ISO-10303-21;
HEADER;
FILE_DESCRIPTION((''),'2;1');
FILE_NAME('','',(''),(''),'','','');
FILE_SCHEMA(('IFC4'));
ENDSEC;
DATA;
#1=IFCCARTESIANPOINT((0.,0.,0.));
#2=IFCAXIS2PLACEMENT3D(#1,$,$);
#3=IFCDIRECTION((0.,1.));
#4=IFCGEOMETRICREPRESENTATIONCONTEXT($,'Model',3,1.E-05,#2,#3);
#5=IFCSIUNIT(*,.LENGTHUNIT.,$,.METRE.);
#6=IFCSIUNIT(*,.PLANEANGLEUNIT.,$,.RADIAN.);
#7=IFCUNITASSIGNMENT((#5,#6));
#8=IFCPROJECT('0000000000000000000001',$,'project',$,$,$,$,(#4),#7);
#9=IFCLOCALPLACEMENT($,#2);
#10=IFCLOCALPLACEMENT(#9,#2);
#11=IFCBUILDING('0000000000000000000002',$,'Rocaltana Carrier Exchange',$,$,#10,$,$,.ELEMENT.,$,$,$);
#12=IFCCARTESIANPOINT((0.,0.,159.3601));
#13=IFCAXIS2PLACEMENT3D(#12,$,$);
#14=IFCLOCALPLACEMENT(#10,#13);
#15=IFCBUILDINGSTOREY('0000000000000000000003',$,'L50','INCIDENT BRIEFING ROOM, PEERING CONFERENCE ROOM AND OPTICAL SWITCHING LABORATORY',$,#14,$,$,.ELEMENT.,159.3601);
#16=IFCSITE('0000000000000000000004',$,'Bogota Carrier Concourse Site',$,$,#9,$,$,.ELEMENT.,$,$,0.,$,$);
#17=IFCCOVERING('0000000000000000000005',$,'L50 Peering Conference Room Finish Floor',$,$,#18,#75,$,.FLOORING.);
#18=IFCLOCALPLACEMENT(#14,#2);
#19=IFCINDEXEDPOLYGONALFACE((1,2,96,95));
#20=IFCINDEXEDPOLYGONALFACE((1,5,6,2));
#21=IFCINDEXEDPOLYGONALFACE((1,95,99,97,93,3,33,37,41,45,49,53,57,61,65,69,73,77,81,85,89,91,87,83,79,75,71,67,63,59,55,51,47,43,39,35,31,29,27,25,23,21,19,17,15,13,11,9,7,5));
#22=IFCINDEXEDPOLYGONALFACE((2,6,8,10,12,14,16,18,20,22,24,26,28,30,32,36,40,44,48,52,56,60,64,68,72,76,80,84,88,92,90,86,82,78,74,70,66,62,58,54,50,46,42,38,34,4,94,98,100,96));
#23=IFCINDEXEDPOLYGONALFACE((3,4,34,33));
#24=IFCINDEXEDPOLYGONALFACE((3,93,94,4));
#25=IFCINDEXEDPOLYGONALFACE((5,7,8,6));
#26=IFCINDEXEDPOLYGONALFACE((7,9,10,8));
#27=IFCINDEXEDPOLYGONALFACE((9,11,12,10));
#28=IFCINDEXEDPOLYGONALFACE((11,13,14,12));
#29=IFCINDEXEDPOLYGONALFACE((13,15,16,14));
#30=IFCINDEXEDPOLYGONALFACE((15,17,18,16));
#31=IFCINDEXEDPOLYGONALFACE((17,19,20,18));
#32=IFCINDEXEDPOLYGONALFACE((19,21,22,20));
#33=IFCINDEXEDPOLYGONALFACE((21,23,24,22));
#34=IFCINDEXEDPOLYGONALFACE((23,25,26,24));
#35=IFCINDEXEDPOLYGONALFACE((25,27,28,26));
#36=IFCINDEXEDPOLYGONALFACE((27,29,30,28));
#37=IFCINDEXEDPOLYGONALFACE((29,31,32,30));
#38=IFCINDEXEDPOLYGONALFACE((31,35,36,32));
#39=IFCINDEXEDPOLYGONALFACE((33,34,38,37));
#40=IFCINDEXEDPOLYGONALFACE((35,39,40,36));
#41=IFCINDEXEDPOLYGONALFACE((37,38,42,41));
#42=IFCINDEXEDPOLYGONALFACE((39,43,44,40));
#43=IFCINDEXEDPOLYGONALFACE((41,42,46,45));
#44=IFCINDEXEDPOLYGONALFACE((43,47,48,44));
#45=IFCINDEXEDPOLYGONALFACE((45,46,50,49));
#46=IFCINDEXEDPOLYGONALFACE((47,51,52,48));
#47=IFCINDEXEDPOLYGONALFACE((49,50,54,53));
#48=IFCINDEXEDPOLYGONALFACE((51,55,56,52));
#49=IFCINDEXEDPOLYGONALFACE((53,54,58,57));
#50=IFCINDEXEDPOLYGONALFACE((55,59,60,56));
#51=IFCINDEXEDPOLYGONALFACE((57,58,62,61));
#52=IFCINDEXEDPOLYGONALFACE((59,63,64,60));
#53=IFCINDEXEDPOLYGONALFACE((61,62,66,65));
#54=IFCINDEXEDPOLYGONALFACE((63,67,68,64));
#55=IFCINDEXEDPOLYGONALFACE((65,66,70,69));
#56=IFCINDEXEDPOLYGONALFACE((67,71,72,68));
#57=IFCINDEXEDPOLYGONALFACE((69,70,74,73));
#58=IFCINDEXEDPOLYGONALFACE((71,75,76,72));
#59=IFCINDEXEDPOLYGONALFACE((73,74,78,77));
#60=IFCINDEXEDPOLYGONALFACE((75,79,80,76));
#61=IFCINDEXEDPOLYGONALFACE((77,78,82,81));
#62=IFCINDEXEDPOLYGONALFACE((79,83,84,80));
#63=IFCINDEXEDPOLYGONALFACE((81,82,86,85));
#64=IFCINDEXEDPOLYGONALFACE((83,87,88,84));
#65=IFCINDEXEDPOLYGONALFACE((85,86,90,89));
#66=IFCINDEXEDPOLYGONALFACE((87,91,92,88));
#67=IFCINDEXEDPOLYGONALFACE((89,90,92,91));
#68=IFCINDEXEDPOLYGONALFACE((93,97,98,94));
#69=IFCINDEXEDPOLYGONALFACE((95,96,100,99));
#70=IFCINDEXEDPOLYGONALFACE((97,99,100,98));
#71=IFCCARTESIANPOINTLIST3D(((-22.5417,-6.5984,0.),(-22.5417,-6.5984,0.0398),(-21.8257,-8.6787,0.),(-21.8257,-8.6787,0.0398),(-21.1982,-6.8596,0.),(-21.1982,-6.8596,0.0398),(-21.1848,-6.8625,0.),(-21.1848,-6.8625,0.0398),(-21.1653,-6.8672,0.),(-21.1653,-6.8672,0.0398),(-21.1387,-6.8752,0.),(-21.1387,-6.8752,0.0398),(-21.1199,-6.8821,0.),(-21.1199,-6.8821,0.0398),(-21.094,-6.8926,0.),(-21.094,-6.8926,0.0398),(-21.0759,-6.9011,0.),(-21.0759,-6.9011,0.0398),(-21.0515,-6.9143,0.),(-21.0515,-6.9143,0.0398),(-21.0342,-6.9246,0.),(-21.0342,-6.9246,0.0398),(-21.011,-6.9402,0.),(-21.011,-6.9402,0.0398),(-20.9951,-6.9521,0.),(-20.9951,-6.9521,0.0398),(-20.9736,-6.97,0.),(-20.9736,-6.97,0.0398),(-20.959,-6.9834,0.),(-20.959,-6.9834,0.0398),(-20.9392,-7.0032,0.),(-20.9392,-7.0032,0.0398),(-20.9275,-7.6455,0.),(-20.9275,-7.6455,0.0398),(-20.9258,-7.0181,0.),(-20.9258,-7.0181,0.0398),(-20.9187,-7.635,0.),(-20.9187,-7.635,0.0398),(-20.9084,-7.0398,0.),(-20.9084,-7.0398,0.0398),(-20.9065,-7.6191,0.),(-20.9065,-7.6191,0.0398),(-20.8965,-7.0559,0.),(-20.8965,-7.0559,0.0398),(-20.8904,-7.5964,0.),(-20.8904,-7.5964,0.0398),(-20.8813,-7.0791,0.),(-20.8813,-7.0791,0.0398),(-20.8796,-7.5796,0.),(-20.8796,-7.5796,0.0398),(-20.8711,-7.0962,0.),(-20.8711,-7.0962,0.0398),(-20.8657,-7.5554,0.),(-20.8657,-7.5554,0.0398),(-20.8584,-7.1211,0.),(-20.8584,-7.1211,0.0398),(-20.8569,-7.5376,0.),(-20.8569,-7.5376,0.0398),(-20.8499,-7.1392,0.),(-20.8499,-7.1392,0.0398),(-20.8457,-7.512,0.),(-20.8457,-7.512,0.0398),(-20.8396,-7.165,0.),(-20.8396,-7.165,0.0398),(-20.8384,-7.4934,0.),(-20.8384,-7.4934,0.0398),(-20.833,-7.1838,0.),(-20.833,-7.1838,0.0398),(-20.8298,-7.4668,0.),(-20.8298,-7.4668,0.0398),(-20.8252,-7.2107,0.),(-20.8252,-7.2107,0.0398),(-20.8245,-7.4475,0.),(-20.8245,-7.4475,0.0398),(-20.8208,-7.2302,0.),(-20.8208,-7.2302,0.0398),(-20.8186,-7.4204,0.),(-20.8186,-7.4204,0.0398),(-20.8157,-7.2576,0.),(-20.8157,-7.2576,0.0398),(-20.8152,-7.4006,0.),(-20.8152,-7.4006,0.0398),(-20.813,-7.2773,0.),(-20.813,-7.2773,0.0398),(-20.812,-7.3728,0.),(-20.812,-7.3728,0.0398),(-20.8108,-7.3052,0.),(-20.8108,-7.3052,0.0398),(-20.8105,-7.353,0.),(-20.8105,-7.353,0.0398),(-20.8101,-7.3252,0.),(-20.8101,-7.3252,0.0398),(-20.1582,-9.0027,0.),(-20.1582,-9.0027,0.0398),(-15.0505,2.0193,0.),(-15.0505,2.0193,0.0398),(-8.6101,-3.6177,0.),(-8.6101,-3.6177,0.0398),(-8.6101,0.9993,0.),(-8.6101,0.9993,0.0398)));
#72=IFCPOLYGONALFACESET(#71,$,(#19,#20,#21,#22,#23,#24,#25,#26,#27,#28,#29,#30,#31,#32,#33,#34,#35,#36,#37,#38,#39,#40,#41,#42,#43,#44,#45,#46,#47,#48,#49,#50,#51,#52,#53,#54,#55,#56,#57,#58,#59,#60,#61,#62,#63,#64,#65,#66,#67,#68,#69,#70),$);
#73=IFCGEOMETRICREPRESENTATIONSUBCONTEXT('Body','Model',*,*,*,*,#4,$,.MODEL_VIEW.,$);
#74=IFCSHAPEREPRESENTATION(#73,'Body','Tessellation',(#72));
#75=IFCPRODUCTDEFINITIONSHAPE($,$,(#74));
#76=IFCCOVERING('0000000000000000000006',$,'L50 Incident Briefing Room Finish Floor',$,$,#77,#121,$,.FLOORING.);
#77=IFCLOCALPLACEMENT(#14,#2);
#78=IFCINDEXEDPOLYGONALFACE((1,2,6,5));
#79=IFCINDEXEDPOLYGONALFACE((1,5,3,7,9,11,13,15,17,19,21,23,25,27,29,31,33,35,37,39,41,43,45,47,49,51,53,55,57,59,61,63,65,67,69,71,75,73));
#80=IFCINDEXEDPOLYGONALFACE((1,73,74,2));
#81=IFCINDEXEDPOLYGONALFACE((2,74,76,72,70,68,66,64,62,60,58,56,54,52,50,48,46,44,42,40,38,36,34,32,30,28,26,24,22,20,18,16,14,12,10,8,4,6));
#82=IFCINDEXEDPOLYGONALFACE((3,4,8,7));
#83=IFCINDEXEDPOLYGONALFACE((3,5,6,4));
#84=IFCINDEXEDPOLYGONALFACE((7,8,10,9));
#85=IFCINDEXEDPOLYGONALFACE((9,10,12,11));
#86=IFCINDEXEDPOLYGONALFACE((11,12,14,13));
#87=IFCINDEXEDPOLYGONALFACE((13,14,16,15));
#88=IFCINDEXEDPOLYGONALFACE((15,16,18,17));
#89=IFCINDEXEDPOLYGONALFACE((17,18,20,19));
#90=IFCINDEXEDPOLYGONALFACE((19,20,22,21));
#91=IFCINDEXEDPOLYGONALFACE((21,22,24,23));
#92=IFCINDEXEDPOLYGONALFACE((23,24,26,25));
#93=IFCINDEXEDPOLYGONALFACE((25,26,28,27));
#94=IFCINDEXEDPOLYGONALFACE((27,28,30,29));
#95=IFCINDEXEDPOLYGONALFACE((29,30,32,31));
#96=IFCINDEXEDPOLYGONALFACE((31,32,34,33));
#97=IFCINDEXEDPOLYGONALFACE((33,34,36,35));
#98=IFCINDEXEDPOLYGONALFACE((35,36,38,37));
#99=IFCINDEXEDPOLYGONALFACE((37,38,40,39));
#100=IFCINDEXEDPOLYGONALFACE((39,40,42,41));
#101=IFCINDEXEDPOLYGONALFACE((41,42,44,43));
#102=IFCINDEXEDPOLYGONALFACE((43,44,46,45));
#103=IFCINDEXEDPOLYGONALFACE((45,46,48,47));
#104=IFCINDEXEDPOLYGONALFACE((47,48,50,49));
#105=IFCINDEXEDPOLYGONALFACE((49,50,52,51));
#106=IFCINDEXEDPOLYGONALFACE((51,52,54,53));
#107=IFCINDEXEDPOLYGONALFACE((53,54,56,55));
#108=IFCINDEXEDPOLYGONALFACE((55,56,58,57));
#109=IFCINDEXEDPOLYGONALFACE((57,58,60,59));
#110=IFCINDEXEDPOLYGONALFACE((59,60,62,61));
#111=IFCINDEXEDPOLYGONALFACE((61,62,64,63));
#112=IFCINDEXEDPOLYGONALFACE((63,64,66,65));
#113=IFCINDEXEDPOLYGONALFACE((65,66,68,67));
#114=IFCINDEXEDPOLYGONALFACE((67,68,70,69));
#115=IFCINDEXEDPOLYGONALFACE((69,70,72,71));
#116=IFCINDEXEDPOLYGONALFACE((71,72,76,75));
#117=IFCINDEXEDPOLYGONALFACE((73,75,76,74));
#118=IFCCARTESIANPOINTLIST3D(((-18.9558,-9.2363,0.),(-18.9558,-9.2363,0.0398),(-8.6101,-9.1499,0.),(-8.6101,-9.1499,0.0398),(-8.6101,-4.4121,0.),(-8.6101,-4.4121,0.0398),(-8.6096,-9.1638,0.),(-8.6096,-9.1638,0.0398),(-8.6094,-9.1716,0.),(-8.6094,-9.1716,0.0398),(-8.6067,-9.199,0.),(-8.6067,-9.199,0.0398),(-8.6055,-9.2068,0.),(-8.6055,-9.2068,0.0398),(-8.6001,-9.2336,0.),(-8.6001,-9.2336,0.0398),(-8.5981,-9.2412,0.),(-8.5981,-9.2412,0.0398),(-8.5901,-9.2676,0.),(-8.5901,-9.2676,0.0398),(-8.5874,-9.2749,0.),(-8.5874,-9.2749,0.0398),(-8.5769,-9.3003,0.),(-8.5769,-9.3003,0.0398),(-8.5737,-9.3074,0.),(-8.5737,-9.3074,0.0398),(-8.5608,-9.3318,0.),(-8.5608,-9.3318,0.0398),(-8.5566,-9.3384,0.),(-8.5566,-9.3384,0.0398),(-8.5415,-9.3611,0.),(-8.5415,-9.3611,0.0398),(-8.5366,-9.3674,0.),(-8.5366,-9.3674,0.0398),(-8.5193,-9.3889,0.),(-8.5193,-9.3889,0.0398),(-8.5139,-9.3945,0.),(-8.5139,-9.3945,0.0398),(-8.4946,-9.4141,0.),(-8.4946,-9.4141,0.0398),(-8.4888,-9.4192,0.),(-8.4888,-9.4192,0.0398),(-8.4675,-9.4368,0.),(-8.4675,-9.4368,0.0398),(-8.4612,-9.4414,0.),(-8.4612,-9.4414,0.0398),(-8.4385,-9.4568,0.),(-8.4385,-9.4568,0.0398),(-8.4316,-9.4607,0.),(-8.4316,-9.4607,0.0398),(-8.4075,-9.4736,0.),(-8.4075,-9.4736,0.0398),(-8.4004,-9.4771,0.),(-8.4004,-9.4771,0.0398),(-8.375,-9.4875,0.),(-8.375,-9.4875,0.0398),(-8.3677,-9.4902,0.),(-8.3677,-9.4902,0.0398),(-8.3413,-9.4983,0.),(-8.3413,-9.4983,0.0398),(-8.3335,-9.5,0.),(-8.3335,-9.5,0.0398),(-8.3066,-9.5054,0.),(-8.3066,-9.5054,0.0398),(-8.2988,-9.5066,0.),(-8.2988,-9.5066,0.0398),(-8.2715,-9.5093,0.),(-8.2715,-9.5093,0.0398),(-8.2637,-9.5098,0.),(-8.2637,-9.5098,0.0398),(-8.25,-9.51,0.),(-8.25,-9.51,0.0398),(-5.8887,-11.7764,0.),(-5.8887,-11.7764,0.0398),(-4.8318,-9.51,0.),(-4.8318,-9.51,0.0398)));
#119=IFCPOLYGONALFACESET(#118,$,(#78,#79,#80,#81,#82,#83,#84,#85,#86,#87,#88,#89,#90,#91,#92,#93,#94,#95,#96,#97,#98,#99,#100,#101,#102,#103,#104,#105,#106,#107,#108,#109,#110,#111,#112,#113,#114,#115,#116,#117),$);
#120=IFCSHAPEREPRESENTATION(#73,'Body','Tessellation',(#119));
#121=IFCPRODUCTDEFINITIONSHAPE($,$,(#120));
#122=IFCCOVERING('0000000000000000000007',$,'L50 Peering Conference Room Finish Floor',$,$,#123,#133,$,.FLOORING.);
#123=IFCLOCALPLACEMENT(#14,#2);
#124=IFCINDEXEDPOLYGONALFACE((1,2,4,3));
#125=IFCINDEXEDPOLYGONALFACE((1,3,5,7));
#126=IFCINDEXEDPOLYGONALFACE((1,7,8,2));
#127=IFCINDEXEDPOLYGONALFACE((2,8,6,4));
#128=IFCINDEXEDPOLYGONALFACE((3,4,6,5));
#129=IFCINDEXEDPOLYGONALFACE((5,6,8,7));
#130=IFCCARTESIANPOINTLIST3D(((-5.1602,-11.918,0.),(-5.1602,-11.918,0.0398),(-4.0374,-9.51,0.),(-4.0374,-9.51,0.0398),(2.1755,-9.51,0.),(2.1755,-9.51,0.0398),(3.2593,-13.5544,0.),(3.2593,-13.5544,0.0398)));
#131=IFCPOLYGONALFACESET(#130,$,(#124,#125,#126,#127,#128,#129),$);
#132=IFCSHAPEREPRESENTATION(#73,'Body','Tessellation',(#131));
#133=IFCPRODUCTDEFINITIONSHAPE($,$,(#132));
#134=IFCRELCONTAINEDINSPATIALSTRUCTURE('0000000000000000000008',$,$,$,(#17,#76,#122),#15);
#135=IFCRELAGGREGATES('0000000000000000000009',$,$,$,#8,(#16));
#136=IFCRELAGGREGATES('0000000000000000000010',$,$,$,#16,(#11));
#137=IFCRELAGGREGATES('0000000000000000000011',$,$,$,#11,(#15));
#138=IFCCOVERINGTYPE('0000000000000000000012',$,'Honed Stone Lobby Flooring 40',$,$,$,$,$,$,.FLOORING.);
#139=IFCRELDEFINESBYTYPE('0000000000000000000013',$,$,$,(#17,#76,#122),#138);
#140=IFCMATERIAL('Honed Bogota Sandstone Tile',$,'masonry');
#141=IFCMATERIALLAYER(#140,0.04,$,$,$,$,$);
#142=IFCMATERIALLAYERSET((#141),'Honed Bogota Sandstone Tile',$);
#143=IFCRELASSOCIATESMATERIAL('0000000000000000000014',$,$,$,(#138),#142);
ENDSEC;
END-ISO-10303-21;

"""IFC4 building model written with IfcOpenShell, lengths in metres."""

from ifc_helpers import new_model, si_unit, direction, frame, origin, place, context, subcontext, project, spatial, polyline, outline, extrude, material, layer, layer_set, type_object, element, save


model = new_model("IFC4")

# Units and contexts
model_context = context("Model", 3, precision=1e-05, world=origin(), true_north=direction((0.0, 1.0)))
body_context = subcontext(model_context, "Body", "Model", "MODEL_VIEW")
ifc_project = project(units=[si_unit("LENGTHUNIT", "METRE"), si_unit("PLANEANGLEUNIT", "RADIAN")], contexts=[model_context])

# Site, building, storey
site_placement = place(None, origin())
site = spatial("IfcSite", under=ifc_project, at=site_placement, Name="Bogota Carrier Concourse Site", CompositionType="ELEMENT", RefElevation=0.0)
building_placement = place(site_placement, origin())
building = spatial("IfcBuilding", under=site, at=building_placement, Name="Rocaltana Carrier Exchange", CompositionType="ELEMENT")
storey_placement = place(building_placement, frame((0.0, 0.0, 159.3601)))
storey = spatial("IfcBuildingStorey", under=building, at=storey_placement, Name="L50", Description="INCIDENT BRIEFING ROOM, PEERING CONFERENCE ROOM AND OPTICAL SWITCHING LABORATORY", CompositionType="ELEMENT", Elevation=159.3601)

# Coverings
ifc_material_1 = material(Name="Honed Bogota Sandstone Tile", Category="masonry")
ifc_layer_1 = layer(ifc_material_1, 0.04)
ifc_layer_set_1 = layer_set([ifc_layer_1], Name="Honed Bogota Sandstone Tile")
covering_type_1 = type_object("IfcCoveringType", Name="Honed Stone Lobby Flooring 40", PredefinedType="FLOORING", material=ifc_layer_set_1)
covering_1_placement = place(storey_placement, origin())
element("IfcCovering", 1, at=covering_1_placement, inside=storey, type_object=covering_type_1, Name="L50 Peering Conference Room Finish Floor", PredefinedType="FLOORING", context=body_context, shape_type="SweptSolid", body=[
    extrude(outline(polyline([(-20.9275, -7.6455), (-20.9187, -7.635), (-20.9065, -7.6191), (-20.8904, -7.5964), (-20.8796, -7.5796), (-20.8657, -7.5554), (-20.8569, -7.5376), (-20.8457, -7.512), (-20.8384, -7.4934), (-20.8298, -7.4668), (-20.8245, -7.4475), (-20.8186, -7.4204), (-20.8152, -7.4006), (-20.812, -7.3728), (-20.8105, -7.353), (-20.8101, -7.3252), (-20.8108, -7.3052), (-20.813, -7.2773), (-20.8157, -7.2576), (-20.8208, -7.2302), (-20.8252, -7.2107), (-20.833, -7.1838), (-20.8396, -7.165), (-20.8499, -7.1392), (-20.8584, -7.1211), (-20.8711, -7.0962), (-20.8813, -7.0791), (-20.8965, -7.0559), (-20.9084, -7.0398), (-20.9258, -7.0181), (-20.9392, -7.0032), (-20.959, -6.9834), (-20.9736, -6.97), (-20.9951, -6.9521), (-21.011, -6.9402), (-21.0342, -6.9246), (-21.0515, -6.9143), (-21.0759, -6.9011), (-21.094, -6.8926), (-21.1199, -6.8821), (-21.1387, -6.8752), (-21.1653, -6.8672), (-21.1848, -6.8625), (-21.1982, -6.8596), (-22.5417, -6.5984), (-15.0505, 2.0193), (-8.6101, 0.9993), (-8.6101, -3.6177), (-20.1582, -9.0027), (-21.8257, -8.6787), (-20.9275, -7.6455)])), origin(), (0.0, 0.0, 1.0), 0.0398),
])
covering_2_placement = place(storey_placement, origin())
element("IfcCovering", 2, at=covering_2_placement, inside=storey, type_object=covering_type_1, Name="L50 Incident Briefing Room Finish Floor", PredefinedType="FLOORING", context=body_context, shape_type="SweptSolid", body=[
    extrude(outline(polyline([(-18.9558, -9.2363), (-8.6101, -4.4121), (-8.6101, -9.1499), (-8.6096, -9.1638), (-8.6094, -9.1716), (-8.6067, -9.199), (-8.6055, -9.2068), (-8.6001, -9.2336), (-8.5981, -9.2412), (-8.5901, -9.2676), (-8.5874, -9.2749), (-8.5769, -9.3003), (-8.5737, -9.3074), (-8.5608, -9.3318), (-8.5566, -9.3384), (-8.5415, -9.3611), (-8.5366, -9.3674), (-8.5193, -9.3889), (-8.5139, -9.3945), (-8.4946, -9.4141), (-8.4888, -9.4192), (-8.4675, -9.4368), (-8.4612, -9.4414), (-8.4385, -9.4568), (-8.4316, -9.4607), (-8.4075, -9.4736), (-8.4004, -9.4771), (-8.375, -9.4875), (-8.3677, -9.4902), (-8.3413, -9.4983), (-8.3335, -9.5), (-8.3066, -9.5054), (-8.2988, -9.5066), (-8.2715, -9.5093), (-8.2637, -9.5098), (-8.25, -9.51), (-4.8318, -9.51), (-5.8887, -11.7764), (-18.9558, -9.2363)])), origin(), (0.0, 0.0, 1.0), 0.0398),
])
covering_3_placement = place(storey_placement, origin())
element("IfcCovering", 3, at=covering_3_placement, inside=storey, type_object=covering_type_1, Name="L50 Peering Conference Room Finish Floor", PredefinedType="FLOORING", context=body_context, shape_type="SweptSolid", body=[
    extrude(outline(polyline([(-5.1602, -11.918), (-4.0374, -9.51), (2.1755, -9.51), (3.2593, -13.5544), (-5.1602, -11.918)])), origin(), (0.0, 0.0, 1.0), 0.0398),
])

save(model, "model.ifc")
